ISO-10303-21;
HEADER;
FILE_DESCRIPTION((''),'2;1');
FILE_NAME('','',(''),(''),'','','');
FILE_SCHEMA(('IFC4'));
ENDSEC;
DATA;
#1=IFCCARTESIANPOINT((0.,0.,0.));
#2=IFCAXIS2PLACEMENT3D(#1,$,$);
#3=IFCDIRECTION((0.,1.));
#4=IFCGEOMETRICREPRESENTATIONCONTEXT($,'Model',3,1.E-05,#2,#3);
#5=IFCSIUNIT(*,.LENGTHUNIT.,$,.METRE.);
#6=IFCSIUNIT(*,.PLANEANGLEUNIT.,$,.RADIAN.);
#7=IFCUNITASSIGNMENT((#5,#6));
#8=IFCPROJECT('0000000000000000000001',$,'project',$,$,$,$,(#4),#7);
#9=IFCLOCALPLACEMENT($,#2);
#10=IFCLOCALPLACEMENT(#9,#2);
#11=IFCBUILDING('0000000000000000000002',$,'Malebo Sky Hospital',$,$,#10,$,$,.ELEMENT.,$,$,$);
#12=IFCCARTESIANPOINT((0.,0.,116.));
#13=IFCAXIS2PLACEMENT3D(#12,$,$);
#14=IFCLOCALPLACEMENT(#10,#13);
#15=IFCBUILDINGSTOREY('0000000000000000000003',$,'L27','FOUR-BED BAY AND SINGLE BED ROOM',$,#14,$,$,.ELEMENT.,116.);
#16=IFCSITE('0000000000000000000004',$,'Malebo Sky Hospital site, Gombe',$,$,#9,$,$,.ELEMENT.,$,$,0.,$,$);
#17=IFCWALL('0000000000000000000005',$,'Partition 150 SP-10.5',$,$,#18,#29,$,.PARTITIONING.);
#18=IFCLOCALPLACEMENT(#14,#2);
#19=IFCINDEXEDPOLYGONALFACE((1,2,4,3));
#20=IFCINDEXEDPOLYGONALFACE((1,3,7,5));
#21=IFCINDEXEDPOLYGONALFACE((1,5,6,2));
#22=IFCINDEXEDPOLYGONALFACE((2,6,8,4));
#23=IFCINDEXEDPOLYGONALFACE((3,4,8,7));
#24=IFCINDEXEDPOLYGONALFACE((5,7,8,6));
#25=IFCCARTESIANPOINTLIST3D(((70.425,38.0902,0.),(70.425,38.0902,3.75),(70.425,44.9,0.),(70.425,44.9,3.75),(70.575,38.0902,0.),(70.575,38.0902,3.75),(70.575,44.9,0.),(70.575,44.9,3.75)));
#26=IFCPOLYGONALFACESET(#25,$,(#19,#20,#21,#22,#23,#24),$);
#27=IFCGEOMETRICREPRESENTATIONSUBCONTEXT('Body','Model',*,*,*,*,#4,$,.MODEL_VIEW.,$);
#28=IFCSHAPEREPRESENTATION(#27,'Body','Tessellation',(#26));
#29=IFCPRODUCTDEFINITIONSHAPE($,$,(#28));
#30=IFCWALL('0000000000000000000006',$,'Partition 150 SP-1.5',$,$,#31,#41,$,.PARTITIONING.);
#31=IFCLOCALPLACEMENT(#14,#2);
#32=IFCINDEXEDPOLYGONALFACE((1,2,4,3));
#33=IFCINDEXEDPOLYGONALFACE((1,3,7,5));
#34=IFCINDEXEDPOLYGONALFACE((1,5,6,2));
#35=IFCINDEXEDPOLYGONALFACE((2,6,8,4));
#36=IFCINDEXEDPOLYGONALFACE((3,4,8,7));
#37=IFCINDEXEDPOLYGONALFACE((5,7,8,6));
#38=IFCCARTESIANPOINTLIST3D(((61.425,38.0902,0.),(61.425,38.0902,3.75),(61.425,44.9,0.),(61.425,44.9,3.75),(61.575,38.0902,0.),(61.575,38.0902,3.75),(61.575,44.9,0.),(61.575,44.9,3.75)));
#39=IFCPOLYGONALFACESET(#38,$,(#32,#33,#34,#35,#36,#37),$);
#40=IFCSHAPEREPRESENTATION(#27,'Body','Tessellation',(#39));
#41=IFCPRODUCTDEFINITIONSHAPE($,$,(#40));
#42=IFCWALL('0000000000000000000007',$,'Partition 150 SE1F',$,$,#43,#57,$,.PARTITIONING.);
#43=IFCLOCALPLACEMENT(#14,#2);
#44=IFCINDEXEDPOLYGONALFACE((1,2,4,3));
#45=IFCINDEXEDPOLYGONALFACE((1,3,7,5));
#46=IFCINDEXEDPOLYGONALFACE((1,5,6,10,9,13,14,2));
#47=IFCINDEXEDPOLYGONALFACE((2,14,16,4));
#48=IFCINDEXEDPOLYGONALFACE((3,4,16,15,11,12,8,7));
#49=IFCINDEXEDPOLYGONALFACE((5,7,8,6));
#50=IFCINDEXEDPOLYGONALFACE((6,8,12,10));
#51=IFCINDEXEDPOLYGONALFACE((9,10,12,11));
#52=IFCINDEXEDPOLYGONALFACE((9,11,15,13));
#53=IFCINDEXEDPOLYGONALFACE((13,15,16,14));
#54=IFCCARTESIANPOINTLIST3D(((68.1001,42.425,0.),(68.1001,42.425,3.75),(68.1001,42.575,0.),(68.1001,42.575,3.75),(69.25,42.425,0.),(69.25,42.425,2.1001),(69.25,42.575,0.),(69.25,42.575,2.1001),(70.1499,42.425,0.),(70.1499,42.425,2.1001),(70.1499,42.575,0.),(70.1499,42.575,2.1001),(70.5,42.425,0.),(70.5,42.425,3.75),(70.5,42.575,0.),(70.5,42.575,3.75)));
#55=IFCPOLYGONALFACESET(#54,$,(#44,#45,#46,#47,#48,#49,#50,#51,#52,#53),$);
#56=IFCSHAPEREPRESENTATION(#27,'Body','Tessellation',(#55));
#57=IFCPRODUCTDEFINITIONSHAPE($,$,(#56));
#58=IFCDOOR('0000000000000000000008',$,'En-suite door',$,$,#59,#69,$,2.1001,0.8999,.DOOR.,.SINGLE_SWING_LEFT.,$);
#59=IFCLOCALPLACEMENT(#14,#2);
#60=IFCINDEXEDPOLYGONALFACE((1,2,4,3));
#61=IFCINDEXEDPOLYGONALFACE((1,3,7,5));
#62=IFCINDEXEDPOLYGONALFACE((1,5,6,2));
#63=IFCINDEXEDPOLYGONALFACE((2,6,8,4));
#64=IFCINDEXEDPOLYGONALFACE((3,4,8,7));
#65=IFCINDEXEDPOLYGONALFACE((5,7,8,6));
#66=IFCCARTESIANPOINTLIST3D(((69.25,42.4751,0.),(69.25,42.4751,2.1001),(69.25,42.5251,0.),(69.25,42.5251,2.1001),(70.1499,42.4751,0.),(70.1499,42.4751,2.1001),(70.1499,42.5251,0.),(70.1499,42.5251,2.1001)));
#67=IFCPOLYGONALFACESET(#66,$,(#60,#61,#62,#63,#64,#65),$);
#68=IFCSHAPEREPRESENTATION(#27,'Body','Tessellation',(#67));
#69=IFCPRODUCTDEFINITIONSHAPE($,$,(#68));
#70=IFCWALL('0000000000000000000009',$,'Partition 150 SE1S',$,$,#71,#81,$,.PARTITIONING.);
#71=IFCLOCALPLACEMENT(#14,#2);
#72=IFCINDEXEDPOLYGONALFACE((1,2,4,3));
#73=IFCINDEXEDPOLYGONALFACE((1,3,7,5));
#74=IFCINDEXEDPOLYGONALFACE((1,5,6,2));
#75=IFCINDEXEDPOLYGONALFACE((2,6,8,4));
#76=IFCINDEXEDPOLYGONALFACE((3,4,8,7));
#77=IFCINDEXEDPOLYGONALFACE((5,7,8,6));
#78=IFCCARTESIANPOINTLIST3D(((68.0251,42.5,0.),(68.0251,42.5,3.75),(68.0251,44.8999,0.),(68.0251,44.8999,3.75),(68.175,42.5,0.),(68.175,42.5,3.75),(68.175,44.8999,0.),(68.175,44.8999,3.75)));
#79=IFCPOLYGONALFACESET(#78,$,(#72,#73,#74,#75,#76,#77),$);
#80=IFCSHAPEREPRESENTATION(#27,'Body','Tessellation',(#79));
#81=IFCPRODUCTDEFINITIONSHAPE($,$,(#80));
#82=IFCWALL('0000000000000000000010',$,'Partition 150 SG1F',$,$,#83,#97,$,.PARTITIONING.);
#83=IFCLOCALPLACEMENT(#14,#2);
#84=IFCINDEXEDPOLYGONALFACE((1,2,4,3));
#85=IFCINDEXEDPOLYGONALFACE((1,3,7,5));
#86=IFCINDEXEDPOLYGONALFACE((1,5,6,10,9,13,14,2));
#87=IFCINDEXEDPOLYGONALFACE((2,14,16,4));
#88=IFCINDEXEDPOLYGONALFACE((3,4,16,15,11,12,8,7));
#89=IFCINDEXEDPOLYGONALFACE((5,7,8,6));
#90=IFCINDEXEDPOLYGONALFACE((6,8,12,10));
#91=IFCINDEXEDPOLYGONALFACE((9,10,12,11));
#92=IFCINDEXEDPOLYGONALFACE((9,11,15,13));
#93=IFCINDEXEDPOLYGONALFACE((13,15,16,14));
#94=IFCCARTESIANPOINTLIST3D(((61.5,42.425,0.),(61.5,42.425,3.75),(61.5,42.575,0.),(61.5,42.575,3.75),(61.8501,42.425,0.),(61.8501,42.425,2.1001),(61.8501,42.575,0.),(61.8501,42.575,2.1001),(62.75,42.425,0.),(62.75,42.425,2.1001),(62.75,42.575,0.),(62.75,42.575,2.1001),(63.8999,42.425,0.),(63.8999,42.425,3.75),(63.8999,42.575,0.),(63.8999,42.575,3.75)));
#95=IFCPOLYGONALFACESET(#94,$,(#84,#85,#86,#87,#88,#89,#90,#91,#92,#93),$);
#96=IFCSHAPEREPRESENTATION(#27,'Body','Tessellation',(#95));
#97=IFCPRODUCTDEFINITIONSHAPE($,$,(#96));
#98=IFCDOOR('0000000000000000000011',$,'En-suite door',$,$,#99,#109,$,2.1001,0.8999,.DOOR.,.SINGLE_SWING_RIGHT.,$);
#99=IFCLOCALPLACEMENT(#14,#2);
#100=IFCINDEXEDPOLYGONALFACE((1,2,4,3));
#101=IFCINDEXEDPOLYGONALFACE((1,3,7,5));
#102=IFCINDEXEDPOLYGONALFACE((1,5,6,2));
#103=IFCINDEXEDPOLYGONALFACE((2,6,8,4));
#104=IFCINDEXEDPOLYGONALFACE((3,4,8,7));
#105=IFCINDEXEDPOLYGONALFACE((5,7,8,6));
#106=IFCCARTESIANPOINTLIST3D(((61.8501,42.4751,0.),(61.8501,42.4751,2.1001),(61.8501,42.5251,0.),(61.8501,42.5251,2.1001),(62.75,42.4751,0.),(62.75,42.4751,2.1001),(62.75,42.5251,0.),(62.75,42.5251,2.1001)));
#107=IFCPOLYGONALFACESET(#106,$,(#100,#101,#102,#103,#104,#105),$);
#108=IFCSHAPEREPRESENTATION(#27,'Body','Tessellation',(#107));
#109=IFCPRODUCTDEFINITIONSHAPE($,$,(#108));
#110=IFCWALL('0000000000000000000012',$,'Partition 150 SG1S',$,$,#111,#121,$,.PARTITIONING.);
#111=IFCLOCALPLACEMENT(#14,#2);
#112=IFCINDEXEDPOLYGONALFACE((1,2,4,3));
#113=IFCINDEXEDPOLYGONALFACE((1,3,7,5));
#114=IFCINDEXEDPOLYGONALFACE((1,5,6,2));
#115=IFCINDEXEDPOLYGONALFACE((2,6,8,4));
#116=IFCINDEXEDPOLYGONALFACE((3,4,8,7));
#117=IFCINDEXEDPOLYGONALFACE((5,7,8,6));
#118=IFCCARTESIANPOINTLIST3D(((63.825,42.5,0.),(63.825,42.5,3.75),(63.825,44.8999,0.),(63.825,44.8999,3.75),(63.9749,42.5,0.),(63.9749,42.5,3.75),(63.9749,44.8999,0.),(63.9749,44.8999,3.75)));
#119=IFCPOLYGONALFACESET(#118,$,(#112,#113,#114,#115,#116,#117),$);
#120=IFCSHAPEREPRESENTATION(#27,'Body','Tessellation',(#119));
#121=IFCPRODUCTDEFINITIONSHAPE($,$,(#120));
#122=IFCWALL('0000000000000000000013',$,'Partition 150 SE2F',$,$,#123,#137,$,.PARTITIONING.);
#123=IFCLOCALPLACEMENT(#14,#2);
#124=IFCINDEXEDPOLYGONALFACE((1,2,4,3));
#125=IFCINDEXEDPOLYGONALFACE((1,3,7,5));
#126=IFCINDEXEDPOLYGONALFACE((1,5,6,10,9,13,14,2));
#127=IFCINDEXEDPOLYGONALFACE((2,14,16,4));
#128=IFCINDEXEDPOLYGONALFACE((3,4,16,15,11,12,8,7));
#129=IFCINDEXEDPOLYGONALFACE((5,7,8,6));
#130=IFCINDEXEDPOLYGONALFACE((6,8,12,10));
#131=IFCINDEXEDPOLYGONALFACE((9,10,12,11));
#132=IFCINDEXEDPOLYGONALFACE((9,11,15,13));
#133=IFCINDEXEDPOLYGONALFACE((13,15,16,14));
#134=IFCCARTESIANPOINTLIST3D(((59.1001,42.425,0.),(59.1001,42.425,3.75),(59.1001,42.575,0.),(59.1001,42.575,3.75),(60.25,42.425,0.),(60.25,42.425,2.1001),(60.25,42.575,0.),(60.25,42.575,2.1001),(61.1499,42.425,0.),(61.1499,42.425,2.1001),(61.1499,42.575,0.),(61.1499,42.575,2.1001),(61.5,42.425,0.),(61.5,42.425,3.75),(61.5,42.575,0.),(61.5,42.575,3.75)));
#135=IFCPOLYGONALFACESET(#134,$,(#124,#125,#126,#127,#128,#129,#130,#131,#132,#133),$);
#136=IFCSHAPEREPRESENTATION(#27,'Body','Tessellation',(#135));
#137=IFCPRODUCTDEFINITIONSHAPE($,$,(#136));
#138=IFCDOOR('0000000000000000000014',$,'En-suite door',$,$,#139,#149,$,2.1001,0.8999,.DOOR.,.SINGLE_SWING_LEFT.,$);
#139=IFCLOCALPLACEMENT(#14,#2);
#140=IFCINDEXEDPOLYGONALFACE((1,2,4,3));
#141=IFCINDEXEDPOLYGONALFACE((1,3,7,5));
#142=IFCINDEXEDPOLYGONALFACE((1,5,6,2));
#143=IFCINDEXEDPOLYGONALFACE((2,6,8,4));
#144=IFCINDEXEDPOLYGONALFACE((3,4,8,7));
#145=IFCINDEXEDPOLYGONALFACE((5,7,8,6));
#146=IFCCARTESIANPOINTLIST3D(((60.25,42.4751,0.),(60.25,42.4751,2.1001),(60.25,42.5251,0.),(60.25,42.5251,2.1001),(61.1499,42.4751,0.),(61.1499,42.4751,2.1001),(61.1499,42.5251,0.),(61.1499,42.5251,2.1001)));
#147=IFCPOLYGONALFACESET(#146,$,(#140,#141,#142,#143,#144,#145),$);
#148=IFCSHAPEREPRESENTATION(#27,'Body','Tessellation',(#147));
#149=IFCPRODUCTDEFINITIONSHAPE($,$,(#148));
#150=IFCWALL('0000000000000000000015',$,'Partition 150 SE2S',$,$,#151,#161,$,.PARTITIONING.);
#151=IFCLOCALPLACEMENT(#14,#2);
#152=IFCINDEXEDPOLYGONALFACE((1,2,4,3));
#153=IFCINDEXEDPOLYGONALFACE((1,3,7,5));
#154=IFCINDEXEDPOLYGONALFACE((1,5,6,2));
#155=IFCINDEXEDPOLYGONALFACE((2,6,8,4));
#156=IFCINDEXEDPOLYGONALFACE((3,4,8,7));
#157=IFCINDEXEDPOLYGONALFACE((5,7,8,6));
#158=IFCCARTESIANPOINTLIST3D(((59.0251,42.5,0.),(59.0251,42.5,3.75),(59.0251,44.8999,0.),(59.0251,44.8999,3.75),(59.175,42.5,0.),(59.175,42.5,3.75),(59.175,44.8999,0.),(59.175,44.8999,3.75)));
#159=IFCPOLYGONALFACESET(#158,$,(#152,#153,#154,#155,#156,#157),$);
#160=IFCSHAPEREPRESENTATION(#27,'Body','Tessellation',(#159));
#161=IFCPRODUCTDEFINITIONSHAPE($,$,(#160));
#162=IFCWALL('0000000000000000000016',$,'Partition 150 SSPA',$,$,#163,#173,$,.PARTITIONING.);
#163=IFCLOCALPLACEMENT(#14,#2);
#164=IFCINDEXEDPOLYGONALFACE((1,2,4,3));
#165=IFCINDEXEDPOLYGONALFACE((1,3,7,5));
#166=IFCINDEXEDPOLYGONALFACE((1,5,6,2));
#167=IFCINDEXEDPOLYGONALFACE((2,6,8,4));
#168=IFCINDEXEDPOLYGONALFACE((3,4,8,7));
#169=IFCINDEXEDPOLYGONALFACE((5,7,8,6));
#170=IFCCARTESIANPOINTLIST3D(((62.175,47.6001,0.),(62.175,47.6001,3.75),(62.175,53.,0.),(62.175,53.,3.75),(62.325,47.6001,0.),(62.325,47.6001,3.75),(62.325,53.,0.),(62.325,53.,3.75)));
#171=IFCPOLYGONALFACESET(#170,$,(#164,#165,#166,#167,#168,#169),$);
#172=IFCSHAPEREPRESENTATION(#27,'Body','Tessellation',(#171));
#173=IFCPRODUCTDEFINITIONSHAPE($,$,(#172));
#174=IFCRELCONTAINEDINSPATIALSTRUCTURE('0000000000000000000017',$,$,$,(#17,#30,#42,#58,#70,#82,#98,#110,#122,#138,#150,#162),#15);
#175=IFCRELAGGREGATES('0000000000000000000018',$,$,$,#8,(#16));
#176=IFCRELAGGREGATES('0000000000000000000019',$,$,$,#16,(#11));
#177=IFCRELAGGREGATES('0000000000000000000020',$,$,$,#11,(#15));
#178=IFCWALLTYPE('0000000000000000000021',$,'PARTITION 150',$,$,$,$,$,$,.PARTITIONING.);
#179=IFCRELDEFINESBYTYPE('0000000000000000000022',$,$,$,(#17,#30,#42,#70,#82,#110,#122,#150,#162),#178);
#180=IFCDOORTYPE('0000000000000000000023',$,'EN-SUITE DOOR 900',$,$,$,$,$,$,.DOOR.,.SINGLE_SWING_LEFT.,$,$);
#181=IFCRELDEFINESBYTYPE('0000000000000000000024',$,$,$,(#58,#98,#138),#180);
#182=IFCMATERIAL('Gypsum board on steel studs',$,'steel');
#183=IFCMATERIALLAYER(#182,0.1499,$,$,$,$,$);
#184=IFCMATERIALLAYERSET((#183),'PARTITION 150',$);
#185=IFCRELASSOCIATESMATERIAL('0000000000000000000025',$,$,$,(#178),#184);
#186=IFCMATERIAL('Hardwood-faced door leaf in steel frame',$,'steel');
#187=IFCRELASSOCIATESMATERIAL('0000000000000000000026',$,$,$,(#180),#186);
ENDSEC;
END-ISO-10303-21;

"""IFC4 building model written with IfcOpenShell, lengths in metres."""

from ifc_helpers import new_model, si_unit, direction, frame, frame_2d, origin, place, context, subcontext, project, spatial, rectangle, extrude, material, layer, layer_set, type_object, element, fill, save


model = new_model("IFC4")

# Units and contexts
model_context = context("Model", 3, precision=1e-05, world=origin(), true_north=direction((0.0, 1.0)))
body_context = subcontext(model_context, "Body", "Model", "MODEL_VIEW")
ifc_project = project(units=[si_unit("LENGTHUNIT", "METRE"), si_unit("PLANEANGLEUNIT", "RADIAN")], contexts=[model_context])

# Site, building, storey
site_placement = place(None, origin())
site = spatial("IfcSite", under=ifc_project, at=site_placement, Name="Malebo Sky Hospital site, Gombe", CompositionType="ELEMENT", RefElevation=0.0)
building_placement = place(site_placement, origin())
building = spatial("IfcBuilding", under=site, at=building_placement, Name="Malebo Sky Hospital", CompositionType="ELEMENT")
storey_placement = place(building_placement, frame((0.0, 0.0, 116.0)))
storey = spatial("IfcBuildingStorey", under=building, at=storey_placement, Name="L27", Description="FOUR-BED BAY AND SINGLE BED ROOM", CompositionType="ELEMENT", Elevation=116.0)

# Walls
ifc_material_1 = material(Name="Gypsum board on steel studs", Category="steel")
ifc_layer = layer(ifc_material_1, 0.1499)
ifc_layer_set = layer_set([ifc_layer], Name="PARTITION 150")
wall_type = type_object("IfcWallType", Name="PARTITION 150", PredefinedType="PARTITIONING", material=ifc_layer_set)
for number, where, z_axis, x_axis, name in (
    (1, (70.5, 44.8999, 0.0), (0.0, 0.0, 1.0), (0.0, -1.0, 0.0), "Partition 150 SP-10.5"),
    (2, (61.5, 44.8999, 0.0), (0.0, 0.0, 1.0), (0.0, -1.0, 0.0), "Partition 150 SP-1.5"),
):
    element("IfcWall", number, at=place(storey_placement, frame(where, z_axis=z_axis, x_axis=x_axis)), inside=storey, type_object=wall_type, Name=name, PredefinedType="PARTITIONING", context=body_context, shape_type="SweptSolid", body=[
        extrude(rectangle(XDim=6.8098, YDim=0.1499, at=frame_2d((3.4048, 0.0))), origin(), (0.0, 0.0, 1.0), 3.75),
    ])

# Wall, opening, door
wall_1_placement = place(storey_placement, frame((70.5, 42.5, 0.0), z_axis=(0.0, 0.0, 1.0), x_axis=(-1.0, 0.0, 0.0)))
wall_1 = element("IfcWall", 3, at=wall_1_placement, inside=storey, type_object=wall_type, Name="Partition 150 SE1F", PredefinedType="PARTITIONING", context=body_context, shape_type="SweptSolid", body=[
    extrude(rectangle(XDim=2.3999, YDim=0.1499, at=frame_2d((1.2, 0.0))), origin(), (0.0, 0.0, 1.0), 3.75),
])
opening_1_placement = place(wall_1_placement, frame((0.3501, 0.0, 0.0)))
opening_1 = element("IfcOpeningElement", 4, at=opening_1_placement, cuts=wall_1, PredefinedType="OPENING", context=body_context, shape_type="SweptSolid", body=[
    extrude(rectangle(XDim=0.8999, YDim=2.1001, at=frame_2d((0.45, 1.05))), frame((0.0, 0.085, 0.0), z_axis=(0.0, -1.0, 0.0), x_axis=(1.0, 0.0, 0.0)), (0.0, 0.0, 1.0), 0.1699),
])
ifc_material_2 = material(Name="Hardwood-faced door leaf in steel frame", Category="steel")
door_type = type_object("IfcDoorType", Name="EN-SUITE DOOR 900", OperationType="SINGLE_SWING_LEFT", PredefinedType="DOOR", material=ifc_material_2)
door_1_placement = place(opening_1_placement, origin())
door_1 = element("IfcDoor", 5, at=door_1_placement, inside=storey, type_object=door_type, Name="En-suite door", OperationType="SINGLE_SWING_LEFT", OverallHeight=2.1001, OverallWidth=0.8999, PredefinedType="DOOR", context=body_context, shape_type="SweptSolid", body=[
    extrude(rectangle(XDim=0.8999, YDim=2.1001, at=frame_2d((0.45, 1.05))), frame((0.0, 0.0249, 0.0), z_axis=(0.0, -1.0, 0.0), x_axis=(1.0, 0.0, 0.0)), (0.0, 0.0, 1.0), 0.05),
])
fill(opening_1, door_1)

# Wall
wall_2_placement = place(storey_placement, frame((68.1001, 44.8999, 0.0), z_axis=(0.0, 0.0, 1.0), x_axis=(0.0, -1.0, 0.0)))
element("IfcWall", 6, at=wall_2_placement, inside=storey, type_object=wall_type, Name="Partition 150 SE1S", PredefinedType="PARTITIONING", context=body_context, shape_type="SweptSolid", body=[
    extrude(rectangle(XDim=2.3999, YDim=0.1499, at=frame_2d((1.2, 0.0))), origin(), (0.0, 0.0, 1.0), 3.75),
])

# Wall, opening, door
wall_3_placement = place(storey_placement, frame((63.8999, 42.5, 0.0), z_axis=(0.0, 0.0, 1.0), x_axis=(-1.0, 0.0, 0.0)))
wall_3 = element("IfcWall", 7, at=wall_3_placement, inside=storey, type_object=wall_type, Name="Partition 150 SG1F", PredefinedType="PARTITIONING", context=body_context, shape_type="SweptSolid", body=[
    extrude(rectangle(XDim=2.3999, YDim=0.1499, at=frame_2d((1.2, 0.0))), origin(), (0.0, 0.0, 1.0), 3.75),
])
opening_2_placement = place(wall_3_placement, frame((1.1499, 0.0, 0.0)))
opening_2 = element("IfcOpeningElement", 8, at=opening_2_placement, cuts=wall_3, PredefinedType="OPENING", context=body_context, shape_type="SweptSolid", body=[
    extrude(rectangle(XDim=0.8999, YDim=2.1001, at=frame_2d((0.45, 1.05))), frame((0.0, 0.085, 0.0), z_axis=(0.0, -1.0, 0.0), x_axis=(1.0, 0.0, 0.0)), (0.0, 0.0, 1.0), 0.1699),
])
door_2_placement = place(opening_2_placement, origin())
door_2 = element("IfcDoor", 9, at=door_2_placement, inside=storey, type_object=door_type, Name="En-suite door", OperationType="SINGLE_SWING_RIGHT", OverallHeight=2.1001, OverallWidth=0.8999, PredefinedType="DOOR", context=body_context, shape_type="SweptSolid", body=[
    extrude(rectangle(XDim=0.8999, YDim=2.1001, at=frame_2d((0.45, 1.05))), frame((0.0, 0.0249, 0.0), z_axis=(0.0, -1.0, 0.0), x_axis=(1.0, 0.0, 0.0)), (0.0, 0.0, 1.0), 0.05),
])
fill(opening_2, door_2)

# Wall
wall_4_placement = place(storey_placement, frame((63.8999, 44.8999, 0.0), z_axis=(0.0, 0.0, 1.0), x_axis=(0.0, -1.0, 0.0)))
element("IfcWall", 10, at=wall_4_placement, inside=storey, type_object=wall_type, Name="Partition 150 SG1S", PredefinedType="PARTITIONING", context=body_context, shape_type="SweptSolid", body=[
    extrude(rectangle(XDim=2.3999, YDim=0.1499, at=frame_2d((1.2, 0.0))), origin(), (0.0, 0.0, 1.0), 3.75),
])

# Wall, opening, door
wall_5_placement = place(storey_placement, frame((61.5, 42.5, 0.0), z_axis=(0.0, 0.0, 1.0), x_axis=(-1.0, 0.0, 0.0)))
wall_5 = element("IfcWall", 11, at=wall_5_placement, inside=storey, type_object=wall_type, Name="Partition 150 SE2F", PredefinedType="PARTITIONING", context=body_context, shape_type="SweptSolid", body=[
    extrude(rectangle(XDim=2.3999, YDim=0.1499, at=frame_2d((1.2, 0.0))), origin(), (0.0, 0.0, 1.0), 3.75),
])
opening_3_placement = place(wall_5_placement, frame((0.3501, 0.0, 0.0)))
opening_3 = element("IfcOpeningElement", 12, at=opening_3_placement, cuts=wall_5, PredefinedType="OPENING", context=body_context, shape_type="SweptSolid", body=[
    extrude(rectangle(XDim=0.8999, YDim=2.1001, at=frame_2d((0.45, 1.05))), frame((0.0, 0.085, 0.0), z_axis=(0.0, -1.0, 0.0), x_axis=(1.0, 0.0, 0.0)), (0.0, 0.0, 1.0), 0.1699),
])
door_3_placement = place(opening_3_placement, origin())
door_3 = element("IfcDoor", 13, at=door_3_placement, inside=storey, type_object=door_type, Name="En-suite door", OperationType="SINGLE_SWING_LEFT", OverallHeight=2.1001, OverallWidth=0.8999, PredefinedType="DOOR", context=body_context, shape_type="SweptSolid", body=[
    extrude(rectangle(XDim=0.8999, YDim=2.1001, at=frame_2d((0.45, 1.05))), frame((0.0, 0.0249, 0.0), z_axis=(0.0, -1.0, 0.0), x_axis=(1.0, 0.0, 0.0)), (0.0, 0.0, 1.0), 0.05),
])
fill(opening_3, door_3)

# Walls
wall_6_placement = place(storey_placement, frame((59.1001, 44.8999, 0.0), z_axis=(0.0, 0.0, 1.0), x_axis=(0.0, -1.0, 0.0)))
element("IfcWall", 14, at=wall_6_placement, inside=storey, type_object=wall_type, Name="Partition 150 SE2S", PredefinedType="PARTITIONING", context=body_context, shape_type="SweptSolid", body=[
    extrude(rectangle(XDim=2.3999, YDim=0.1499, at=frame_2d((1.2, 0.0))), origin(), (0.0, 0.0, 1.0), 3.75),
])
wall_7_placement = place(storey_placement, frame((62.25, 53.0, 0.0), z_axis=(0.0, 0.0, 1.0), x_axis=(0.0, -1.0, 0.0)))
element("IfcWall", 15, at=wall_7_placement, inside=storey, type_object=wall_type, Name="Partition 150 SSPA", PredefinedType="PARTITIONING", context=body_context, shape_type="SweptSolid", body=[
    extrude(rectangle(XDim=5.3999, YDim=0.1499, at=frame_2d((2.7, 0.0))), origin(), (0.0, 0.0, 1.0), 3.75),
])

save(model, "model.ifc")
